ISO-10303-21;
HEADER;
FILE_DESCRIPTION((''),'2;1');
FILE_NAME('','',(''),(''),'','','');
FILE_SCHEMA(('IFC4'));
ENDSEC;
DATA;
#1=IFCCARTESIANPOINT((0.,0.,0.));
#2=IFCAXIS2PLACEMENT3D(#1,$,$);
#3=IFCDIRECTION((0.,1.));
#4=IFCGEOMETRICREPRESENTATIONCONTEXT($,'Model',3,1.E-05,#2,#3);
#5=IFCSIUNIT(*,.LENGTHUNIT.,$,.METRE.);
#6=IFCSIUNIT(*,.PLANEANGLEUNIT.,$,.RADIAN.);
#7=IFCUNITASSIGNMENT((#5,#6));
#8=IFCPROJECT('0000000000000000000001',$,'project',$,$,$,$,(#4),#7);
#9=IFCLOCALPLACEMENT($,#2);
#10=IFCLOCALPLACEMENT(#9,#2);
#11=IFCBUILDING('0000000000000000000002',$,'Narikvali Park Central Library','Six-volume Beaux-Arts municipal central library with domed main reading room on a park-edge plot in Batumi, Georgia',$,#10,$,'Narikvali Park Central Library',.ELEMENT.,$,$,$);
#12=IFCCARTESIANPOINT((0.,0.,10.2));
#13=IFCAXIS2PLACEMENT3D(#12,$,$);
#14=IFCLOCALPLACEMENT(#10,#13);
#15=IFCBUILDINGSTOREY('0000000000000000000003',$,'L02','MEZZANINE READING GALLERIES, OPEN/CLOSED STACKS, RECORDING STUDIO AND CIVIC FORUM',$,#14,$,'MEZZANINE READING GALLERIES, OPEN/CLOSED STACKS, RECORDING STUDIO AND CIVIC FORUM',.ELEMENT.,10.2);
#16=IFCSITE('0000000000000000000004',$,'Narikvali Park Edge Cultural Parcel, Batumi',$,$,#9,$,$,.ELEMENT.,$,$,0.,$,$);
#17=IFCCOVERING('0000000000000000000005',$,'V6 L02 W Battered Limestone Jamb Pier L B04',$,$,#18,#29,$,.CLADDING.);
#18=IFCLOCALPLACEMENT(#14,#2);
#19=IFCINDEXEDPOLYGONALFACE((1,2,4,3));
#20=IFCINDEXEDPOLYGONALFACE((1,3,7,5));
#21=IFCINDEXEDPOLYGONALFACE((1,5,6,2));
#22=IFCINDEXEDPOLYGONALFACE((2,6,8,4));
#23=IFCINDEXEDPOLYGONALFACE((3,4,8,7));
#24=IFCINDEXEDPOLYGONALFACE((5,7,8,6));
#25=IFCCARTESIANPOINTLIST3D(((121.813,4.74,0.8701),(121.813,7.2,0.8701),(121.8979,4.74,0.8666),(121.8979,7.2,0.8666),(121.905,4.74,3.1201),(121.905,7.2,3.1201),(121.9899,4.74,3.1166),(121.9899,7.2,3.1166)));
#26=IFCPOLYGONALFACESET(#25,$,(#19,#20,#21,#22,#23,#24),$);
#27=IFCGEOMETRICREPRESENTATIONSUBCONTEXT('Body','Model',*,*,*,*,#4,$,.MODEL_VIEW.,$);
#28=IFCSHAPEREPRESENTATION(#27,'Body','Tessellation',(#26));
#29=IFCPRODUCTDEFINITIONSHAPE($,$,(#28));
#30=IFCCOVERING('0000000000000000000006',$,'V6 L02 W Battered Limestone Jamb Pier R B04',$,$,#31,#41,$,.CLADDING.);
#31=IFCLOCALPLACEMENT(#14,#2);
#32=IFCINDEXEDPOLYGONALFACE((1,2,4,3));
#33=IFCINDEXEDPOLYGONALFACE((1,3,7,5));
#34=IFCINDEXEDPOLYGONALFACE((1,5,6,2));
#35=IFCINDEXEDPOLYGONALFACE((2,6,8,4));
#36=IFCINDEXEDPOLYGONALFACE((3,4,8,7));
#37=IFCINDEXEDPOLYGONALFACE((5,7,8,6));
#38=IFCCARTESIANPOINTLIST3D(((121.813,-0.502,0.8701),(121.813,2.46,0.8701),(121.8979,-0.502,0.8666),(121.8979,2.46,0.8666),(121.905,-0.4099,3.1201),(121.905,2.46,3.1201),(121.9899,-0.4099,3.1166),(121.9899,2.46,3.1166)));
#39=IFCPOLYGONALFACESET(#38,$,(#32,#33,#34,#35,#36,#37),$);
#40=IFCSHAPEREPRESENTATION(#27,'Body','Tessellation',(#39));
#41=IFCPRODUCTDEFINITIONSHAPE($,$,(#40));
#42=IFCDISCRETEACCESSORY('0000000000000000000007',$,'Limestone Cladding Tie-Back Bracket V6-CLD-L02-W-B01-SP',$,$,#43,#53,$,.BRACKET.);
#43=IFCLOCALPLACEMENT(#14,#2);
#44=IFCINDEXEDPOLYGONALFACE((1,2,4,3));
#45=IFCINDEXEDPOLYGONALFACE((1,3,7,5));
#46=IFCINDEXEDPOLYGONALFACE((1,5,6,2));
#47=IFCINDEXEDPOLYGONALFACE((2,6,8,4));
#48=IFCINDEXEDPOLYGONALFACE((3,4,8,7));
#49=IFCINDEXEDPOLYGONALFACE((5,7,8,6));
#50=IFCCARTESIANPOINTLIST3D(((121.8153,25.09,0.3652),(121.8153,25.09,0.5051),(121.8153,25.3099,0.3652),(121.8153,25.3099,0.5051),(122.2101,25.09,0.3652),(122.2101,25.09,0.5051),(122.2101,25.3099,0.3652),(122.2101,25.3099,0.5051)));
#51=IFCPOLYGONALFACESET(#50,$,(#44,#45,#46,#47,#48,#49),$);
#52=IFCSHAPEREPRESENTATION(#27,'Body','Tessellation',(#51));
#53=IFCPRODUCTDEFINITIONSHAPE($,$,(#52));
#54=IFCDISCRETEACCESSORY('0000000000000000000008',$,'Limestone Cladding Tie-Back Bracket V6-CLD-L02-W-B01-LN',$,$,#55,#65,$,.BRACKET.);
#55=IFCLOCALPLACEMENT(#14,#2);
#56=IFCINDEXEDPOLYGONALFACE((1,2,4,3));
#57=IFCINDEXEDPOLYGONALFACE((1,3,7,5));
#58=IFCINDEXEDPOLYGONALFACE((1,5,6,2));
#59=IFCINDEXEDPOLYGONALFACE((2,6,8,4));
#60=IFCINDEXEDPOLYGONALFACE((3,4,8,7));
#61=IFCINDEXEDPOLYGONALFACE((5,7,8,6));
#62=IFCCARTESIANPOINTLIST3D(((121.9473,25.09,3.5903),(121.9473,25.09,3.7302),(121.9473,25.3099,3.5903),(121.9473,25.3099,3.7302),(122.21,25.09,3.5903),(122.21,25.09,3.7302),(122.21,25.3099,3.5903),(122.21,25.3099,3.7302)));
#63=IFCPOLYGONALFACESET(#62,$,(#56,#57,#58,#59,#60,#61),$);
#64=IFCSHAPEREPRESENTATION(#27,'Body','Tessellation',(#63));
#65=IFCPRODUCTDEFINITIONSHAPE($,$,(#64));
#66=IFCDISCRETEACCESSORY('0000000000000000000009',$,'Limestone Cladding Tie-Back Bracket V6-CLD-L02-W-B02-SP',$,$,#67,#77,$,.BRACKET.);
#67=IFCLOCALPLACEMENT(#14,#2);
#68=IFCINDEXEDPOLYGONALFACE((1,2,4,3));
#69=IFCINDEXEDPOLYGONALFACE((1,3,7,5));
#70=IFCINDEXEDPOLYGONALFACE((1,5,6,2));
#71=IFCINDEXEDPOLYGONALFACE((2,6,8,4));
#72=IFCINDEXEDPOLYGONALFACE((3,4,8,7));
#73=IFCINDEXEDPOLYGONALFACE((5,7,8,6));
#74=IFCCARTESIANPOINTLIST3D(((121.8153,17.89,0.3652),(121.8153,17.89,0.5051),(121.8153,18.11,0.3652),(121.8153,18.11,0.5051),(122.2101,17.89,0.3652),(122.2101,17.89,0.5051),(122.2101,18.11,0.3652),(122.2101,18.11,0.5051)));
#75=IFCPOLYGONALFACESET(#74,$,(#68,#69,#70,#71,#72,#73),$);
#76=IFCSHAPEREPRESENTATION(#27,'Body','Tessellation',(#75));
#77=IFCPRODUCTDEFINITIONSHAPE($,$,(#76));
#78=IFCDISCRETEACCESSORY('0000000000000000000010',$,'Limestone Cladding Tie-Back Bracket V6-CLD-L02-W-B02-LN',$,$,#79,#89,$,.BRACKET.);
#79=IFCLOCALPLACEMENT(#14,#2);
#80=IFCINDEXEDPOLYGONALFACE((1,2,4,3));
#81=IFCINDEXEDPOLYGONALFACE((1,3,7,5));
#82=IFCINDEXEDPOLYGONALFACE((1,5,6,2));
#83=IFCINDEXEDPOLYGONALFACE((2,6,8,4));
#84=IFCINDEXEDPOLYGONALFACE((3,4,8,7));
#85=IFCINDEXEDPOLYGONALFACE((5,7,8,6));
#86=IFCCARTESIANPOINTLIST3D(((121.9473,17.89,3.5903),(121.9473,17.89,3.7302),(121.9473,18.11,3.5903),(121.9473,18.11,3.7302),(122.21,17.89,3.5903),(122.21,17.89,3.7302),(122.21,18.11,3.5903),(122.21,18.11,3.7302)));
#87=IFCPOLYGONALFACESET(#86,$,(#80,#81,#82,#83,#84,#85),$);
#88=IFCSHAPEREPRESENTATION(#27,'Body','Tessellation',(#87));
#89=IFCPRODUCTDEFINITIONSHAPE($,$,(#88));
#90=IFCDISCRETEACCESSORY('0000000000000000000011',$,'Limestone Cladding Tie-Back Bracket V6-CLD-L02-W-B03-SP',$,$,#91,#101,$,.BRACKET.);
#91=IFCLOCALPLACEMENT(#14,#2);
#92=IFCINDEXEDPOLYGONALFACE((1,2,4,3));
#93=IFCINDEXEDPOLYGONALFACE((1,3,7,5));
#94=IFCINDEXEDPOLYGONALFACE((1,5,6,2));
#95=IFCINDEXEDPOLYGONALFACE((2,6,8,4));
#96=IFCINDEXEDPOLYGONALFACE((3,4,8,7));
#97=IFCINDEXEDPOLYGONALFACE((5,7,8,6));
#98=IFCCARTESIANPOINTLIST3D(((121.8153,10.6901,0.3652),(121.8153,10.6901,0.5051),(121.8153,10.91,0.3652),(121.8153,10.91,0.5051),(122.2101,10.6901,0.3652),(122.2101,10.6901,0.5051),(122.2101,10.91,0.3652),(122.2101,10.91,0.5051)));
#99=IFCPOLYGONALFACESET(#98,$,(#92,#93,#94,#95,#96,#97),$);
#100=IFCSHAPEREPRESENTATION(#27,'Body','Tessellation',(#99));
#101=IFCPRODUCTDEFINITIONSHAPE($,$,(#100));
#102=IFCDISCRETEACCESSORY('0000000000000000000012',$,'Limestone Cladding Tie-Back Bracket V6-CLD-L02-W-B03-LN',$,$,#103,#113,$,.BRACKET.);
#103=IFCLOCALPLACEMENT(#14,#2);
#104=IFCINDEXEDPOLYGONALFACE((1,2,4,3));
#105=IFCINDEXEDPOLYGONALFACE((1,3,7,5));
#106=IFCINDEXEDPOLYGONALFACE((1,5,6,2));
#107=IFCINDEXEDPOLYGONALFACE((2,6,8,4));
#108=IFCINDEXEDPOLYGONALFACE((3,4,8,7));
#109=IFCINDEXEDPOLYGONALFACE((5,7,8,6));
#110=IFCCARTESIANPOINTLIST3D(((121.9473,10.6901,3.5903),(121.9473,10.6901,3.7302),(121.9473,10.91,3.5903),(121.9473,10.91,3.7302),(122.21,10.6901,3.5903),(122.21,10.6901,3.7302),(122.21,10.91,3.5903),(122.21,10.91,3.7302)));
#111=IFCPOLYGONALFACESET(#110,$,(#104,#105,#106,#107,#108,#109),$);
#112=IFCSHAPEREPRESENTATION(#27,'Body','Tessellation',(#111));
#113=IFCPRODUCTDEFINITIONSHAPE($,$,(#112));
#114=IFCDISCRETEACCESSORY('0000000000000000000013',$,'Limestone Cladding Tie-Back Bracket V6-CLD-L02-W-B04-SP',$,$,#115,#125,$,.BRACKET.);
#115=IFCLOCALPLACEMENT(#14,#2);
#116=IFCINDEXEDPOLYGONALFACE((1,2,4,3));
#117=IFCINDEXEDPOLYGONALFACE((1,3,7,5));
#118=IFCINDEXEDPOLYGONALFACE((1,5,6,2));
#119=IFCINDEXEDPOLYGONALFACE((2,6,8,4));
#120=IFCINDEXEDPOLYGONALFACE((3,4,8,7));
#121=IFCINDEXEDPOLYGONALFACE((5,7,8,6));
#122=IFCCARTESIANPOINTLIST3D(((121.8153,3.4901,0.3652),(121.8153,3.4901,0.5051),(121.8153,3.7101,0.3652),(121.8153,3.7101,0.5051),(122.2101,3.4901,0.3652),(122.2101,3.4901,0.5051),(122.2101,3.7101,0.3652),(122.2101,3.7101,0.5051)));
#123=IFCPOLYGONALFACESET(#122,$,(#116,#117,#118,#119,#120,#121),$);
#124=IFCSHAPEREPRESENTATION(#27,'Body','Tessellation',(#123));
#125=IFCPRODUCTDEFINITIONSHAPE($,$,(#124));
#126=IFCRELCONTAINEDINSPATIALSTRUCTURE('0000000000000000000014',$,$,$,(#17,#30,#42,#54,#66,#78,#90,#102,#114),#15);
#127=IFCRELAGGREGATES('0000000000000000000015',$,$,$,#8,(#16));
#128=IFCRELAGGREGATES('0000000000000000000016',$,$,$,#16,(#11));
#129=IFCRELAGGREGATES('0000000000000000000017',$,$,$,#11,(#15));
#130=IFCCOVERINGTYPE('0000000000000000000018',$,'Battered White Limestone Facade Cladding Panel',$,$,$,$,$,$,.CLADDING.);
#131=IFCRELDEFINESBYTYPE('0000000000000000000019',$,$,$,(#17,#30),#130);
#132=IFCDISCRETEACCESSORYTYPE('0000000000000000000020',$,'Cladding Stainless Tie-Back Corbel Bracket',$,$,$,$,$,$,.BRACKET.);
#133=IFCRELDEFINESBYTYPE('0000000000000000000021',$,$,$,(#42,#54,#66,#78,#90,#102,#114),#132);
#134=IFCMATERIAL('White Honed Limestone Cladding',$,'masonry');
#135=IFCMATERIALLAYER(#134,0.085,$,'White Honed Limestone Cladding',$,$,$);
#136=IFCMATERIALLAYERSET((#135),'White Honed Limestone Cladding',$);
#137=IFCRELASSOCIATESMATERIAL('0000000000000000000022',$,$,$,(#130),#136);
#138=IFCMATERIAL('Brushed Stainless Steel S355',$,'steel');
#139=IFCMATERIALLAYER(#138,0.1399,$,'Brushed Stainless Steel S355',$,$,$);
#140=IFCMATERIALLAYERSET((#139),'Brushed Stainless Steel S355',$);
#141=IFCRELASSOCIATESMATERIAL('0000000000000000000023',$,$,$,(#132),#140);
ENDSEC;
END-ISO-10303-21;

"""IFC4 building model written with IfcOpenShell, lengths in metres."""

from ifc_helpers import new_model, si_unit, direction, frame, origin, origin_2d, place, context, subcontext, project, spatial, polyline, rectangle, outline, extrude, material, layer, layer_set, type_object, element, save


model = new_model("IFC4")

# Units and contexts
model_context = context("Model", 3, precision=1e-05, world=origin(), true_north=direction((0.0, 1.0)))
body_context = subcontext(model_context, "Body", "Model", "MODEL_VIEW")
ifc_project = project(units=[si_unit("LENGTHUNIT", "METRE"), si_unit("PLANEANGLEUNIT", "RADIAN")], contexts=[model_context])

# Site, building, storey
site_placement = place(None, origin())
site = spatial("IfcSite", under=ifc_project, at=site_placement, Name="Narikvali Park Edge Cultural Parcel, Batumi", CompositionType="ELEMENT", RefElevation=0.0)
building_placement = place(site_placement, origin())
building = spatial("IfcBuilding", under=site, at=building_placement, Name="Narikvali Park Central Library", Description="Six-volume Beaux-Arts municipal central library with domed main reading room on a park-edge plot in Batumi, Georgia", LongName="Narikvali Park Central Library", CompositionType="ELEMENT")
storey_placement = place(building_placement, frame((0.0, 0.0, 10.2)))
storey = spatial("IfcBuildingStorey", under=building, at=storey_placement, Name="L02", Description="MEZZANINE READING GALLERIES, OPEN/CLOSED STACKS, RECORDING STUDIO AND CIVIC FORUM", LongName="MEZZANINE READING GALLERIES, OPEN/CLOSED STACKS, RECORDING STUDIO AND CIVIC FORUM", CompositionType="ELEMENT", Elevation=10.2)

# Coverings
ifc_material_1 = material(Name="White Honed Limestone Cladding", Category="masonry")
ifc_layer_1 = layer(ifc_material_1, 0.085, Name="White Honed Limestone Cladding")
ifc_layer_set_1 = layer_set([ifc_layer_1], Name="White Honed Limestone Cladding")
covering_type = type_object("IfcCoveringType", Name="Battered White Limestone Facade Cladding Panel", PredefinedType="CLADDING", material=ifc_layer_set_1)
covering_1_placement = place(storey_placement, frame((121.813, 7.2, 0.8701), z_axis=(-0.999164, 0.0, 0.040873), x_axis=(0.0, -1.0, 0.0)))
element("IfcCovering", 1, at=covering_1_placement, inside=storey, type_object=covering_type, Name="V6 L02 W Battered Limestone Jamb Pier L B04", PredefinedType="CLADDING", context=body_context, shape_type="SweptSolid", body=[
    extrude(outline(polyline([(0.0, 0.0), (2.46, 0.0), (2.46, 2.2519), (0.0, 2.2519), (0.0, 0.0)])), origin(), (0.0, 0.0, -1.0), 0.085),
])
covering_2_placement = place(storey_placement, frame((121.813, 2.46, 0.8701), z_axis=(-0.999164, 0.0, 0.040873), x_axis=(0.0, -1.0, 0.0)))
element("IfcCovering", 2, at=covering_2_placement, inside=storey, type_object=covering_type, Name="V6 L02 W Battered Limestone Jamb Pier R B04", PredefinedType="CLADDING", context=body_context, shape_type="SweptSolid", body=[
    extrude(outline(polyline([(0.0, 0.0), (2.9619, 0.0), (2.8699, 2.2519), (0.0, 2.2519), (0.0, 0.0)])), origin(), (0.0, 0.0, -1.0), 0.085),
])

# Discrete accessories
ifc_material_2 = material(Name="Brushed Stainless Steel S355", Category="steel")
ifc_layer_2 = layer(ifc_material_2, 0.1399, Name="Brushed Stainless Steel S355")
ifc_layer_set_2 = layer_set([ifc_layer_2], Name="Brushed Stainless Steel S355")
discrete_accessory_type = type_object("IfcDiscreteAccessoryType", Name="Cladding Stainless Tie-Back Corbel Bracket", PredefinedType="BRACKET", material=ifc_layer_set_2)
discrete_accessory_1_placement = place(storey_placement, frame((122.0127, 25.2, 0.3652), z_axis=(0.0, 0.0, 1.0), x_axis=(1.0, 0.0, 0.0)))
element("IfcDiscreteAccessory", 3, at=discrete_accessory_1_placement, inside=storey, type_object=discrete_accessory_type, Name="Limestone Cladding Tie-Back Bracket V6-CLD-L02-W-B01-SP", PredefinedType="BRACKET", context=body_context, shape_type="SweptSolid", body=[
    extrude(rectangle(XDim=0.3948, YDim=0.22, at=origin_2d()), origin(), (0.0, 0.0, 1.0), 0.1399),
])
discrete_accessory_2_placement = place(storey_placement, frame((122.0786, 25.2, 3.5903), z_axis=(0.0, 0.0, 1.0), x_axis=(1.0, 0.0, 0.0)))
element("IfcDiscreteAccessory", 4, at=discrete_accessory_2_placement, inside=storey, type_object=discrete_accessory_type, Name="Limestone Cladding Tie-Back Bracket V6-CLD-L02-W-B01-LN", PredefinedType="BRACKET", context=body_context, shape_type="SweptSolid", body=[
    extrude(rectangle(XDim=0.2627, YDim=0.22, at=origin_2d()), origin(), (0.0, 0.0, 1.0), 0.1399),
])
discrete_accessory_3_placement = place(storey_placement, frame((122.0127, 18.0, 0.3652), z_axis=(0.0, 0.0, 1.0), x_axis=(1.0, 0.0, 0.0)))
element("IfcDiscreteAccessory", 5, at=discrete_accessory_3_placement, inside=storey, type_object=discrete_accessory_type, Name="Limestone Cladding Tie-Back Bracket V6-CLD-L02-W-B02-SP", PredefinedType="BRACKET", context=body_context, shape_type="SweptSolid", body=[
    extrude(rectangle(XDim=0.3948, YDim=0.22, at=origin_2d()), origin(), (0.0, 0.0, 1.0), 0.1399),
])
discrete_accessory_4_placement = place(storey_placement, frame((122.0786, 18.0, 3.5903), z_axis=(0.0, 0.0, 1.0), x_axis=(1.0, 0.0, 0.0)))
element("IfcDiscreteAccessory", 6, at=discrete_accessory_4_placement, inside=storey, type_object=discrete_accessory_type, Name="Limestone Cladding Tie-Back Bracket V6-CLD-L02-W-B02-LN", PredefinedType="BRACKET", context=body_context, shape_type="SweptSolid", body=[
    extrude(rectangle(XDim=0.2627, YDim=0.22, at=origin_2d()), origin(), (0.0, 0.0, 1.0), 0.1399),
])
discrete_accessory_5_placement = place(storey_placement, frame((122.0127, 10.8, 0.3652), z_axis=(0.0, 0.0, 1.0), x_axis=(1.0, 0.0, 0.0)))
element("IfcDiscreteAccessory", 7, at=discrete_accessory_5_placement, inside=storey, type_object=discrete_accessory_type, Name="Limestone Cladding Tie-Back Bracket V6-CLD-L02-W-B03-SP", PredefinedType="BRACKET", context=body_context, shape_type="SweptSolid", body=[
    extrude(rectangle(XDim=0.3948, YDim=0.22, at=origin_2d()), origin(), (0.0, 0.0, 1.0), 0.1399),
])
discrete_accessory_6_placement = place(storey_placement, frame((122.0786, 10.8, 3.5903), z_axis=(0.0, 0.0, 1.0), x_axis=(1.0, 0.0, 0.0)))
element("IfcDiscreteAccessory", 8, at=discrete_accessory_6_placement, inside=storey, type_object=discrete_accessory_type, Name="Limestone Cladding Tie-Back Bracket V6-CLD-L02-W-B03-LN", PredefinedType="BRACKET", context=body_context, shape_type="SweptSolid", body=[
    extrude(rectangle(XDim=0.2627, YDim=0.22, at=origin_2d()), origin(), (0.0, 0.0, 1.0), 0.1399),
])
discrete_accessory_7_placement = place(storey_placement, frame((122.0127, 3.6001, 0.3652), z_axis=(0.0, 0.0, 1.0), x_axis=(1.0, 0.0, 0.0)))
element("IfcDiscreteAccessory", 9, at=discrete_accessory_7_placement, inside=storey, type_object=discrete_accessory_type, Name="Limestone Cladding Tie-Back Bracket V6-CLD-L02-W-B04-SP", PredefinedType="BRACKET", context=body_context, shape_type="SweptSolid", body=[
    extrude(rectangle(XDim=0.3948, YDim=0.22, at=origin_2d()), origin(), (0.0, 0.0, 1.0), 0.1399),
])

save(model, "model.ifc")
